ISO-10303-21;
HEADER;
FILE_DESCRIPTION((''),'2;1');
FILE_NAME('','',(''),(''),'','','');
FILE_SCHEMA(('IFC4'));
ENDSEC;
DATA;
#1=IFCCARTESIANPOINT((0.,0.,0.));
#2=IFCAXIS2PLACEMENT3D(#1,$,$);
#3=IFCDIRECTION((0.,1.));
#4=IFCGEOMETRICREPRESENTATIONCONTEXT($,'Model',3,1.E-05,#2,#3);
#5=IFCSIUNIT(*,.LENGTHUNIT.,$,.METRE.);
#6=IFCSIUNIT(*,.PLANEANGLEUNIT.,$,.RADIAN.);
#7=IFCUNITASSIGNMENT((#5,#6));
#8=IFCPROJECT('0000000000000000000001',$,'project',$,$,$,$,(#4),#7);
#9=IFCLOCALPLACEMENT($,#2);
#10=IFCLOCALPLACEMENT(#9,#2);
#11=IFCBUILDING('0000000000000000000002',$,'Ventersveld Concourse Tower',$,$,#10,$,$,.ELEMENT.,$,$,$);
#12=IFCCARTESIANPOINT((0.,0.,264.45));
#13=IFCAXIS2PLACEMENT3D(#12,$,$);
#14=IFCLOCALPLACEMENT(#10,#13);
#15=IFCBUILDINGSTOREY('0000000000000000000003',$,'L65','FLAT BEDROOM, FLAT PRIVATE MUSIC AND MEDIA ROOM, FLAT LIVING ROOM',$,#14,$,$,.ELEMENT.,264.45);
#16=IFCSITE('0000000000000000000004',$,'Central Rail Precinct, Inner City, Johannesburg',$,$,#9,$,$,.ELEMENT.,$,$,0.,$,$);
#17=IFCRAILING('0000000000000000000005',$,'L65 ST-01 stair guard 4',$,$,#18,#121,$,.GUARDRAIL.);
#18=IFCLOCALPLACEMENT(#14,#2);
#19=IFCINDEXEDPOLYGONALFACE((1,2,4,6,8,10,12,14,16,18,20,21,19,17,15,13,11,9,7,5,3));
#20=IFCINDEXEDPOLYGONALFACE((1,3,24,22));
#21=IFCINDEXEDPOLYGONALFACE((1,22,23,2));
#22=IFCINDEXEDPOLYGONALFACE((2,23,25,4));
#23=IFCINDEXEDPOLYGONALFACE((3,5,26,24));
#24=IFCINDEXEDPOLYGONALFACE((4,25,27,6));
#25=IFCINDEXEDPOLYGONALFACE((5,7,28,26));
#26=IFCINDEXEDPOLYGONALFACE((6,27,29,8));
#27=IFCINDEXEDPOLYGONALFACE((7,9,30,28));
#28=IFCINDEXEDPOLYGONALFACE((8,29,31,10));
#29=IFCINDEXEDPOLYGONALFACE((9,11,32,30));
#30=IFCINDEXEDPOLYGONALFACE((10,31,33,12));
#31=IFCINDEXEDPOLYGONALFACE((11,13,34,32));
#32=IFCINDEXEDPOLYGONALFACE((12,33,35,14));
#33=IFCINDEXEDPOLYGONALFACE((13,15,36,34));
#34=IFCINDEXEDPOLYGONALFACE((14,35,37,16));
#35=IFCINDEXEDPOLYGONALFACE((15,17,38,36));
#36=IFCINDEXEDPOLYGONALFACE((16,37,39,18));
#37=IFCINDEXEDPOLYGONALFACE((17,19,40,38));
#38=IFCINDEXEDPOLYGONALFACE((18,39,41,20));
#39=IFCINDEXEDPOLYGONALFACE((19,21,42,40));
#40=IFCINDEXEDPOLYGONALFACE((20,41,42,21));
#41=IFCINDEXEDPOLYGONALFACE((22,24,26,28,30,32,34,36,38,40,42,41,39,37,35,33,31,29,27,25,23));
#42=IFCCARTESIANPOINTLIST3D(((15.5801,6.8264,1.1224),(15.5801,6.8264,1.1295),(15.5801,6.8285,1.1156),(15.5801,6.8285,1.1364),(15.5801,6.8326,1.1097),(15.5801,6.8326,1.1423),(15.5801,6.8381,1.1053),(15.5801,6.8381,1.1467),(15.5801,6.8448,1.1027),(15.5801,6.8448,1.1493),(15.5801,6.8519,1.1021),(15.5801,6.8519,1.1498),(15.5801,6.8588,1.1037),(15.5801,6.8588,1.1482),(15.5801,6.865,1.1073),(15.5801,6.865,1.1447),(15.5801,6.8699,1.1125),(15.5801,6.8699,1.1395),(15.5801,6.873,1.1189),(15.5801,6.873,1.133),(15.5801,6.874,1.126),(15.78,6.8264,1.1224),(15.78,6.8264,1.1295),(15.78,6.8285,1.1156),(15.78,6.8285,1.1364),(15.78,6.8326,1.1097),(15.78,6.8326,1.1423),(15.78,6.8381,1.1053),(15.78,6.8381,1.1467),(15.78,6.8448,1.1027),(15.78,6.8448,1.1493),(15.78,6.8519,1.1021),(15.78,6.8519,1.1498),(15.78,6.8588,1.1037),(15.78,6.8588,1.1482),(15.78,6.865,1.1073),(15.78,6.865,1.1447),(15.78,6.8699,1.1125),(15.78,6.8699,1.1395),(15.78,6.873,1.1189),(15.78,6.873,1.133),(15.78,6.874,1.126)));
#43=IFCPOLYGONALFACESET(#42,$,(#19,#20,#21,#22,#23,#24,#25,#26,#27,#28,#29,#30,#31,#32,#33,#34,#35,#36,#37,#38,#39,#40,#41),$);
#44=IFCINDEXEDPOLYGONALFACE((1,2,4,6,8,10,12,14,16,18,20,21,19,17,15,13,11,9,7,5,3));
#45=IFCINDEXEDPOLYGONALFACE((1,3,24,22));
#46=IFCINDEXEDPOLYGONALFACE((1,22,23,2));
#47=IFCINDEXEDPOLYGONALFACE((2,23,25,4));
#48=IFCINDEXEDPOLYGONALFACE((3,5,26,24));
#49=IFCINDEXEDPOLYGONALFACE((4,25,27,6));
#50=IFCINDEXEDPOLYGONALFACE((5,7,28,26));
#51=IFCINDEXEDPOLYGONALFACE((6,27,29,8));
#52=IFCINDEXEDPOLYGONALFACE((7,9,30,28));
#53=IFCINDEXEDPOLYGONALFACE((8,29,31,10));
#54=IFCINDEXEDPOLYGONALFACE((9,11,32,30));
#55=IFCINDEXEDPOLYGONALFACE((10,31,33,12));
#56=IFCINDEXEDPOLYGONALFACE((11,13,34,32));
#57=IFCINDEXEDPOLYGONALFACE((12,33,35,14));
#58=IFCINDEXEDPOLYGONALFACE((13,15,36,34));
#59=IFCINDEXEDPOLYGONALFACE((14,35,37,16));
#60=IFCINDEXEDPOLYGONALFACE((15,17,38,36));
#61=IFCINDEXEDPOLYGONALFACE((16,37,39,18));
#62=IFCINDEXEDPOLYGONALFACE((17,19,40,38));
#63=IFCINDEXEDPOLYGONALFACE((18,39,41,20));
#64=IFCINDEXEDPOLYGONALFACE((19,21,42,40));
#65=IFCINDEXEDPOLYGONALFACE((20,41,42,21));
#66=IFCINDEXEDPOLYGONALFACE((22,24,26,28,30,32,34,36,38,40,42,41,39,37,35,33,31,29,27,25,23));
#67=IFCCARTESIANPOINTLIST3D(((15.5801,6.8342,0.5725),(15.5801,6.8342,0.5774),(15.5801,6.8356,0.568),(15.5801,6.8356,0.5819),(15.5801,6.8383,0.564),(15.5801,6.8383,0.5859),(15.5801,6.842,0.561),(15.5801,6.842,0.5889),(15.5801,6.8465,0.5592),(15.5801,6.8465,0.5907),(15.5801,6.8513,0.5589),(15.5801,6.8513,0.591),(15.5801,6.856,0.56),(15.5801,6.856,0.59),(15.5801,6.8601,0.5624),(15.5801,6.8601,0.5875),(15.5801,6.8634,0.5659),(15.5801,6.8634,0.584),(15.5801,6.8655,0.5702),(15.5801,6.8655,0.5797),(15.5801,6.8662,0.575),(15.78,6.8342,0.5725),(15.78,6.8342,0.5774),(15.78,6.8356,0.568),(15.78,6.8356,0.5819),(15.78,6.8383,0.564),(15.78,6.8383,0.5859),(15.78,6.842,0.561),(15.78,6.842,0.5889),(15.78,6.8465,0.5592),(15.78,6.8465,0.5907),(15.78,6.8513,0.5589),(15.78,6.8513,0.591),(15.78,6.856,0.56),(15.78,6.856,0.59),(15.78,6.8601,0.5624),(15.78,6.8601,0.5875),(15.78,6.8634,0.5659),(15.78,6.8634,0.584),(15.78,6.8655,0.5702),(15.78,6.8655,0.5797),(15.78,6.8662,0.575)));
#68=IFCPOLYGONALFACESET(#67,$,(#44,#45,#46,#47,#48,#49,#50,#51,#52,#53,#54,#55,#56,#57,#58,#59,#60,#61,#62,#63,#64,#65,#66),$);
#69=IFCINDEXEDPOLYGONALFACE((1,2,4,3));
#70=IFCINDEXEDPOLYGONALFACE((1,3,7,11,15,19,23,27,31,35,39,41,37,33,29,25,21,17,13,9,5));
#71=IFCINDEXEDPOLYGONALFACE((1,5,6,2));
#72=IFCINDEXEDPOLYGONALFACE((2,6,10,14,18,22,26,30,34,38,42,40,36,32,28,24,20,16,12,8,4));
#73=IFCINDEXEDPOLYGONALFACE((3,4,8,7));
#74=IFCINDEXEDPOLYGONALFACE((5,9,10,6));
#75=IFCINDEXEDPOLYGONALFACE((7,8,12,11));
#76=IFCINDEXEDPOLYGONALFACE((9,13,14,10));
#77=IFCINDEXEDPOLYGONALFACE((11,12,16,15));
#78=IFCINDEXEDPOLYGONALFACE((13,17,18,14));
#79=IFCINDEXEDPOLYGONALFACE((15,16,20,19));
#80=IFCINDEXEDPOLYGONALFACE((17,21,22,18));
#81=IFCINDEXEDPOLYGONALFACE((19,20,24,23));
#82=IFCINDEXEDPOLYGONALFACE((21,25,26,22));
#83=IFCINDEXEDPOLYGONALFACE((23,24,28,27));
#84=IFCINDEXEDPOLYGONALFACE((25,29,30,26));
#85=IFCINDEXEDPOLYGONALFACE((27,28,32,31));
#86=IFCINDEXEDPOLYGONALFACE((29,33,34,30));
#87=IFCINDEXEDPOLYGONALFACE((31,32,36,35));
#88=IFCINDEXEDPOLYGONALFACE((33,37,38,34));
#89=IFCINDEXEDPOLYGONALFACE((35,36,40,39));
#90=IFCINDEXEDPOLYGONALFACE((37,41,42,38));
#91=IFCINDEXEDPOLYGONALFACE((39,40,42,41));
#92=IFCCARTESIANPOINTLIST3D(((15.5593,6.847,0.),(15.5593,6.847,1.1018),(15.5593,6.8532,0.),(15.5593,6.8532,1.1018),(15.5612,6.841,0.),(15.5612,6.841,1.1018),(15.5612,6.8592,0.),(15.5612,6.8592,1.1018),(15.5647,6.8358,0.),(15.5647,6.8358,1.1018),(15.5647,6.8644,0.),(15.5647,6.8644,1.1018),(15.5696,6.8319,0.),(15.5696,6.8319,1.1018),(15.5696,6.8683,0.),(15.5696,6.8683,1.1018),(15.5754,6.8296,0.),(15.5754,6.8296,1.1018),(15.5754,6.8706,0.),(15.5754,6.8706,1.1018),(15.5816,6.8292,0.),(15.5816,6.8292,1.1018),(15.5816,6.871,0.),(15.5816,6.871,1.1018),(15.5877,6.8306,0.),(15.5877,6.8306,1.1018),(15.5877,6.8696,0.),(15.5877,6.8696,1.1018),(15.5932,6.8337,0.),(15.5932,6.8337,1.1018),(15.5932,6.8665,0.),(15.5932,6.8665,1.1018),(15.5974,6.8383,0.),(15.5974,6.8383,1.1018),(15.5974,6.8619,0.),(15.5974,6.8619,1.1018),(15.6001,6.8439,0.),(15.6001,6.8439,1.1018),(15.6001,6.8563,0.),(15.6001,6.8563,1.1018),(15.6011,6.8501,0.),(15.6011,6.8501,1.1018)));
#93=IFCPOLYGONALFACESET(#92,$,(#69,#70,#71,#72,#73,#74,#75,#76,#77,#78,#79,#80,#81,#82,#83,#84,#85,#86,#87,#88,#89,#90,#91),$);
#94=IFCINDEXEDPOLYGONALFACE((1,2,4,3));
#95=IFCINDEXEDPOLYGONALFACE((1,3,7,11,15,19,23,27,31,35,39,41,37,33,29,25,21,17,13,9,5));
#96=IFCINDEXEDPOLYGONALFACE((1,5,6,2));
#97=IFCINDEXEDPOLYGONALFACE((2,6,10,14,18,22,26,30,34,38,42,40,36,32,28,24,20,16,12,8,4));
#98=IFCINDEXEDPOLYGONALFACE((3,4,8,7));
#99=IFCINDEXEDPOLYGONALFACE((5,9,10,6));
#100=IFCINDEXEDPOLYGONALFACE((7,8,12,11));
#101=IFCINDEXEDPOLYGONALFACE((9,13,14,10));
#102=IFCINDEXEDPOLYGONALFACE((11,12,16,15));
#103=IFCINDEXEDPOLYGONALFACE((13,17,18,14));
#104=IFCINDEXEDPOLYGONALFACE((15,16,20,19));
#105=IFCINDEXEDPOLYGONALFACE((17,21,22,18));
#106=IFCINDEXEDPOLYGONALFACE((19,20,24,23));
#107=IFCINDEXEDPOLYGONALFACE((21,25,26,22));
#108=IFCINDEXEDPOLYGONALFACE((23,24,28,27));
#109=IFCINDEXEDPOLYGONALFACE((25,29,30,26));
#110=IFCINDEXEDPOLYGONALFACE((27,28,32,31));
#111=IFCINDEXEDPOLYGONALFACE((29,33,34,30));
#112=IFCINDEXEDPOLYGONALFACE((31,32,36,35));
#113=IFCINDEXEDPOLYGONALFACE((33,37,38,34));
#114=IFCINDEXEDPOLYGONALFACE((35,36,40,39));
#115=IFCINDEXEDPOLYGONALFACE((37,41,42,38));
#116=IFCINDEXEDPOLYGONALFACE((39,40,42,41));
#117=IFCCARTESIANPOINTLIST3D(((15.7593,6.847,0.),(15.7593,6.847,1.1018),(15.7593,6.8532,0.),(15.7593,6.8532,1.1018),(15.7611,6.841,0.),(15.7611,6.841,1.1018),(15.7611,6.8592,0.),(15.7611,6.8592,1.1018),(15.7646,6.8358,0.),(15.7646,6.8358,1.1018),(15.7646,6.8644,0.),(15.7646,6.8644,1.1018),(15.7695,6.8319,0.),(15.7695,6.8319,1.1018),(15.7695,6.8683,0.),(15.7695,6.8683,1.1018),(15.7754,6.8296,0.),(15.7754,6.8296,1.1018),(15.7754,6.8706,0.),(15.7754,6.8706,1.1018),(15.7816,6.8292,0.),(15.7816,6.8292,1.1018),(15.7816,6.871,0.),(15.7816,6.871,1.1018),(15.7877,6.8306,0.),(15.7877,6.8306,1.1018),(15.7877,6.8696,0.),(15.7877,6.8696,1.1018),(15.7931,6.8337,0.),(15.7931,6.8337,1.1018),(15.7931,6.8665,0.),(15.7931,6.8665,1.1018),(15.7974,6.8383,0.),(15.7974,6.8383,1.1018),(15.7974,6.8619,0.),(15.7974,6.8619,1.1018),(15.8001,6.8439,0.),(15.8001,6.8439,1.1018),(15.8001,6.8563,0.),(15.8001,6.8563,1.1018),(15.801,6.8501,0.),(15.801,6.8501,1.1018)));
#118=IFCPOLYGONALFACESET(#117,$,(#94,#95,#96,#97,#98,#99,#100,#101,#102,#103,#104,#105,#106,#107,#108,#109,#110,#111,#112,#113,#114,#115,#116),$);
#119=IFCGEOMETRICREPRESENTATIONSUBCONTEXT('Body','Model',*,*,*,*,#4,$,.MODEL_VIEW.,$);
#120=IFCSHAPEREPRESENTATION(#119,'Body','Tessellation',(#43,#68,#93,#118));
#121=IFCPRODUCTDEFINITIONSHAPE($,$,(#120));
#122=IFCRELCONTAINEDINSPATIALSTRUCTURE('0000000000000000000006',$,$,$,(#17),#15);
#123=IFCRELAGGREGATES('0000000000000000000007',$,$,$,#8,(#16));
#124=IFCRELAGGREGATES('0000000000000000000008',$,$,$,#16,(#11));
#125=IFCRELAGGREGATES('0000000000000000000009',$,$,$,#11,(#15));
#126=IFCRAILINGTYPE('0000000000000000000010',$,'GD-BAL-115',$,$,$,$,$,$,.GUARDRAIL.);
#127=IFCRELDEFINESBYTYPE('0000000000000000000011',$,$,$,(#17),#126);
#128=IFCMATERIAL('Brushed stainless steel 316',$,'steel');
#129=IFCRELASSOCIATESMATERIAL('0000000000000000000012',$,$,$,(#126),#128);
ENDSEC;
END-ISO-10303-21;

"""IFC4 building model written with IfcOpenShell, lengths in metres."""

from ifc_helpers import new_model, si_unit, direction, frame, origin, origin_2d, place, context, subcontext, project, spatial, circle, extrude, material, type_object, element, save


model = new_model("IFC4")

# Units and contexts
model_context = context("Model", 3, precision=1e-05, world=origin(), true_north=direction((0.0, 1.0)))
body_context = subcontext(model_context, "Body", "Model", "MODEL_VIEW")
ifc_project = project(units=[si_unit("LENGTHUNIT", "METRE"), si_unit("PLANEANGLEUNIT", "RADIAN")], contexts=[model_context])

# Site, building, storey
site_placement = place(None, origin())
site = spatial("IfcSite", under=ifc_project, at=site_placement, Name="Central Rail Precinct, Inner City, Johannesburg", CompositionType="ELEMENT", RefElevation=0.0)
building_placement = place(site_placement, origin())
building = spatial("IfcBuilding", under=site, at=building_placement, Name="Ventersveld Concourse Tower", CompositionType="ELEMENT")
storey_placement = place(building_placement, frame((0.0, 0.0, 264.45)))
storey = spatial("IfcBuildingStorey", under=building, at=storey_placement, Name="L65", Description="FLAT BEDROOM, FLAT PRIVATE MUSIC AND MEDIA ROOM, FLAT LIVING ROOM", CompositionType="ELEMENT", Elevation=264.45)

# Shared definitions
ifc_material_1 = material(Name="Brushed stainless steel 316", Category="steel")

# Railing
railing_type_1 = type_object("IfcRailingType", Name="GD-BAL-115", PredefinedType="GUARDRAIL", material=ifc_material_1)
railing_1_placement = place(storey_placement, frame((15.5801, 6.8501, 0.0)))
element("IfcRailing", 1, at=railing_1_placement, inside=storey, type_object=railing_type_1, Name="L65 ST-01 stair guard 4", PredefinedType="GUARDRAIL", context=body_context, shape_type="SweptSolid", body=[
    extrude(circle(Radius=0.0239, at=origin_2d()), frame((0.0, 0.0, 1.126), z_axis=(1.0, 0.0, 0.0), x_axis=(0.0, 1.0, 0.0)), (0.0, 0.0, 1.0), 0.2),
    extrude(circle(Radius=0.0161, at=origin_2d()), frame((0.0, 0.0, 0.575), z_axis=(1.0, 0.0, 0.0), x_axis=(0.0, 1.0, 0.0)), (0.0, 0.0, 1.0), 0.2),
    extrude(circle(Radius=0.021, at=origin_2d()), origin(), (0.0, 0.0, 1.0), 1.1018),
    extrude(circle(Radius=0.021, at=origin_2d()), frame((0.2, 0.0, 0.0)), (0.0, 0.0, 1.0), 1.1018),
])

save(model, "model.ifc")
